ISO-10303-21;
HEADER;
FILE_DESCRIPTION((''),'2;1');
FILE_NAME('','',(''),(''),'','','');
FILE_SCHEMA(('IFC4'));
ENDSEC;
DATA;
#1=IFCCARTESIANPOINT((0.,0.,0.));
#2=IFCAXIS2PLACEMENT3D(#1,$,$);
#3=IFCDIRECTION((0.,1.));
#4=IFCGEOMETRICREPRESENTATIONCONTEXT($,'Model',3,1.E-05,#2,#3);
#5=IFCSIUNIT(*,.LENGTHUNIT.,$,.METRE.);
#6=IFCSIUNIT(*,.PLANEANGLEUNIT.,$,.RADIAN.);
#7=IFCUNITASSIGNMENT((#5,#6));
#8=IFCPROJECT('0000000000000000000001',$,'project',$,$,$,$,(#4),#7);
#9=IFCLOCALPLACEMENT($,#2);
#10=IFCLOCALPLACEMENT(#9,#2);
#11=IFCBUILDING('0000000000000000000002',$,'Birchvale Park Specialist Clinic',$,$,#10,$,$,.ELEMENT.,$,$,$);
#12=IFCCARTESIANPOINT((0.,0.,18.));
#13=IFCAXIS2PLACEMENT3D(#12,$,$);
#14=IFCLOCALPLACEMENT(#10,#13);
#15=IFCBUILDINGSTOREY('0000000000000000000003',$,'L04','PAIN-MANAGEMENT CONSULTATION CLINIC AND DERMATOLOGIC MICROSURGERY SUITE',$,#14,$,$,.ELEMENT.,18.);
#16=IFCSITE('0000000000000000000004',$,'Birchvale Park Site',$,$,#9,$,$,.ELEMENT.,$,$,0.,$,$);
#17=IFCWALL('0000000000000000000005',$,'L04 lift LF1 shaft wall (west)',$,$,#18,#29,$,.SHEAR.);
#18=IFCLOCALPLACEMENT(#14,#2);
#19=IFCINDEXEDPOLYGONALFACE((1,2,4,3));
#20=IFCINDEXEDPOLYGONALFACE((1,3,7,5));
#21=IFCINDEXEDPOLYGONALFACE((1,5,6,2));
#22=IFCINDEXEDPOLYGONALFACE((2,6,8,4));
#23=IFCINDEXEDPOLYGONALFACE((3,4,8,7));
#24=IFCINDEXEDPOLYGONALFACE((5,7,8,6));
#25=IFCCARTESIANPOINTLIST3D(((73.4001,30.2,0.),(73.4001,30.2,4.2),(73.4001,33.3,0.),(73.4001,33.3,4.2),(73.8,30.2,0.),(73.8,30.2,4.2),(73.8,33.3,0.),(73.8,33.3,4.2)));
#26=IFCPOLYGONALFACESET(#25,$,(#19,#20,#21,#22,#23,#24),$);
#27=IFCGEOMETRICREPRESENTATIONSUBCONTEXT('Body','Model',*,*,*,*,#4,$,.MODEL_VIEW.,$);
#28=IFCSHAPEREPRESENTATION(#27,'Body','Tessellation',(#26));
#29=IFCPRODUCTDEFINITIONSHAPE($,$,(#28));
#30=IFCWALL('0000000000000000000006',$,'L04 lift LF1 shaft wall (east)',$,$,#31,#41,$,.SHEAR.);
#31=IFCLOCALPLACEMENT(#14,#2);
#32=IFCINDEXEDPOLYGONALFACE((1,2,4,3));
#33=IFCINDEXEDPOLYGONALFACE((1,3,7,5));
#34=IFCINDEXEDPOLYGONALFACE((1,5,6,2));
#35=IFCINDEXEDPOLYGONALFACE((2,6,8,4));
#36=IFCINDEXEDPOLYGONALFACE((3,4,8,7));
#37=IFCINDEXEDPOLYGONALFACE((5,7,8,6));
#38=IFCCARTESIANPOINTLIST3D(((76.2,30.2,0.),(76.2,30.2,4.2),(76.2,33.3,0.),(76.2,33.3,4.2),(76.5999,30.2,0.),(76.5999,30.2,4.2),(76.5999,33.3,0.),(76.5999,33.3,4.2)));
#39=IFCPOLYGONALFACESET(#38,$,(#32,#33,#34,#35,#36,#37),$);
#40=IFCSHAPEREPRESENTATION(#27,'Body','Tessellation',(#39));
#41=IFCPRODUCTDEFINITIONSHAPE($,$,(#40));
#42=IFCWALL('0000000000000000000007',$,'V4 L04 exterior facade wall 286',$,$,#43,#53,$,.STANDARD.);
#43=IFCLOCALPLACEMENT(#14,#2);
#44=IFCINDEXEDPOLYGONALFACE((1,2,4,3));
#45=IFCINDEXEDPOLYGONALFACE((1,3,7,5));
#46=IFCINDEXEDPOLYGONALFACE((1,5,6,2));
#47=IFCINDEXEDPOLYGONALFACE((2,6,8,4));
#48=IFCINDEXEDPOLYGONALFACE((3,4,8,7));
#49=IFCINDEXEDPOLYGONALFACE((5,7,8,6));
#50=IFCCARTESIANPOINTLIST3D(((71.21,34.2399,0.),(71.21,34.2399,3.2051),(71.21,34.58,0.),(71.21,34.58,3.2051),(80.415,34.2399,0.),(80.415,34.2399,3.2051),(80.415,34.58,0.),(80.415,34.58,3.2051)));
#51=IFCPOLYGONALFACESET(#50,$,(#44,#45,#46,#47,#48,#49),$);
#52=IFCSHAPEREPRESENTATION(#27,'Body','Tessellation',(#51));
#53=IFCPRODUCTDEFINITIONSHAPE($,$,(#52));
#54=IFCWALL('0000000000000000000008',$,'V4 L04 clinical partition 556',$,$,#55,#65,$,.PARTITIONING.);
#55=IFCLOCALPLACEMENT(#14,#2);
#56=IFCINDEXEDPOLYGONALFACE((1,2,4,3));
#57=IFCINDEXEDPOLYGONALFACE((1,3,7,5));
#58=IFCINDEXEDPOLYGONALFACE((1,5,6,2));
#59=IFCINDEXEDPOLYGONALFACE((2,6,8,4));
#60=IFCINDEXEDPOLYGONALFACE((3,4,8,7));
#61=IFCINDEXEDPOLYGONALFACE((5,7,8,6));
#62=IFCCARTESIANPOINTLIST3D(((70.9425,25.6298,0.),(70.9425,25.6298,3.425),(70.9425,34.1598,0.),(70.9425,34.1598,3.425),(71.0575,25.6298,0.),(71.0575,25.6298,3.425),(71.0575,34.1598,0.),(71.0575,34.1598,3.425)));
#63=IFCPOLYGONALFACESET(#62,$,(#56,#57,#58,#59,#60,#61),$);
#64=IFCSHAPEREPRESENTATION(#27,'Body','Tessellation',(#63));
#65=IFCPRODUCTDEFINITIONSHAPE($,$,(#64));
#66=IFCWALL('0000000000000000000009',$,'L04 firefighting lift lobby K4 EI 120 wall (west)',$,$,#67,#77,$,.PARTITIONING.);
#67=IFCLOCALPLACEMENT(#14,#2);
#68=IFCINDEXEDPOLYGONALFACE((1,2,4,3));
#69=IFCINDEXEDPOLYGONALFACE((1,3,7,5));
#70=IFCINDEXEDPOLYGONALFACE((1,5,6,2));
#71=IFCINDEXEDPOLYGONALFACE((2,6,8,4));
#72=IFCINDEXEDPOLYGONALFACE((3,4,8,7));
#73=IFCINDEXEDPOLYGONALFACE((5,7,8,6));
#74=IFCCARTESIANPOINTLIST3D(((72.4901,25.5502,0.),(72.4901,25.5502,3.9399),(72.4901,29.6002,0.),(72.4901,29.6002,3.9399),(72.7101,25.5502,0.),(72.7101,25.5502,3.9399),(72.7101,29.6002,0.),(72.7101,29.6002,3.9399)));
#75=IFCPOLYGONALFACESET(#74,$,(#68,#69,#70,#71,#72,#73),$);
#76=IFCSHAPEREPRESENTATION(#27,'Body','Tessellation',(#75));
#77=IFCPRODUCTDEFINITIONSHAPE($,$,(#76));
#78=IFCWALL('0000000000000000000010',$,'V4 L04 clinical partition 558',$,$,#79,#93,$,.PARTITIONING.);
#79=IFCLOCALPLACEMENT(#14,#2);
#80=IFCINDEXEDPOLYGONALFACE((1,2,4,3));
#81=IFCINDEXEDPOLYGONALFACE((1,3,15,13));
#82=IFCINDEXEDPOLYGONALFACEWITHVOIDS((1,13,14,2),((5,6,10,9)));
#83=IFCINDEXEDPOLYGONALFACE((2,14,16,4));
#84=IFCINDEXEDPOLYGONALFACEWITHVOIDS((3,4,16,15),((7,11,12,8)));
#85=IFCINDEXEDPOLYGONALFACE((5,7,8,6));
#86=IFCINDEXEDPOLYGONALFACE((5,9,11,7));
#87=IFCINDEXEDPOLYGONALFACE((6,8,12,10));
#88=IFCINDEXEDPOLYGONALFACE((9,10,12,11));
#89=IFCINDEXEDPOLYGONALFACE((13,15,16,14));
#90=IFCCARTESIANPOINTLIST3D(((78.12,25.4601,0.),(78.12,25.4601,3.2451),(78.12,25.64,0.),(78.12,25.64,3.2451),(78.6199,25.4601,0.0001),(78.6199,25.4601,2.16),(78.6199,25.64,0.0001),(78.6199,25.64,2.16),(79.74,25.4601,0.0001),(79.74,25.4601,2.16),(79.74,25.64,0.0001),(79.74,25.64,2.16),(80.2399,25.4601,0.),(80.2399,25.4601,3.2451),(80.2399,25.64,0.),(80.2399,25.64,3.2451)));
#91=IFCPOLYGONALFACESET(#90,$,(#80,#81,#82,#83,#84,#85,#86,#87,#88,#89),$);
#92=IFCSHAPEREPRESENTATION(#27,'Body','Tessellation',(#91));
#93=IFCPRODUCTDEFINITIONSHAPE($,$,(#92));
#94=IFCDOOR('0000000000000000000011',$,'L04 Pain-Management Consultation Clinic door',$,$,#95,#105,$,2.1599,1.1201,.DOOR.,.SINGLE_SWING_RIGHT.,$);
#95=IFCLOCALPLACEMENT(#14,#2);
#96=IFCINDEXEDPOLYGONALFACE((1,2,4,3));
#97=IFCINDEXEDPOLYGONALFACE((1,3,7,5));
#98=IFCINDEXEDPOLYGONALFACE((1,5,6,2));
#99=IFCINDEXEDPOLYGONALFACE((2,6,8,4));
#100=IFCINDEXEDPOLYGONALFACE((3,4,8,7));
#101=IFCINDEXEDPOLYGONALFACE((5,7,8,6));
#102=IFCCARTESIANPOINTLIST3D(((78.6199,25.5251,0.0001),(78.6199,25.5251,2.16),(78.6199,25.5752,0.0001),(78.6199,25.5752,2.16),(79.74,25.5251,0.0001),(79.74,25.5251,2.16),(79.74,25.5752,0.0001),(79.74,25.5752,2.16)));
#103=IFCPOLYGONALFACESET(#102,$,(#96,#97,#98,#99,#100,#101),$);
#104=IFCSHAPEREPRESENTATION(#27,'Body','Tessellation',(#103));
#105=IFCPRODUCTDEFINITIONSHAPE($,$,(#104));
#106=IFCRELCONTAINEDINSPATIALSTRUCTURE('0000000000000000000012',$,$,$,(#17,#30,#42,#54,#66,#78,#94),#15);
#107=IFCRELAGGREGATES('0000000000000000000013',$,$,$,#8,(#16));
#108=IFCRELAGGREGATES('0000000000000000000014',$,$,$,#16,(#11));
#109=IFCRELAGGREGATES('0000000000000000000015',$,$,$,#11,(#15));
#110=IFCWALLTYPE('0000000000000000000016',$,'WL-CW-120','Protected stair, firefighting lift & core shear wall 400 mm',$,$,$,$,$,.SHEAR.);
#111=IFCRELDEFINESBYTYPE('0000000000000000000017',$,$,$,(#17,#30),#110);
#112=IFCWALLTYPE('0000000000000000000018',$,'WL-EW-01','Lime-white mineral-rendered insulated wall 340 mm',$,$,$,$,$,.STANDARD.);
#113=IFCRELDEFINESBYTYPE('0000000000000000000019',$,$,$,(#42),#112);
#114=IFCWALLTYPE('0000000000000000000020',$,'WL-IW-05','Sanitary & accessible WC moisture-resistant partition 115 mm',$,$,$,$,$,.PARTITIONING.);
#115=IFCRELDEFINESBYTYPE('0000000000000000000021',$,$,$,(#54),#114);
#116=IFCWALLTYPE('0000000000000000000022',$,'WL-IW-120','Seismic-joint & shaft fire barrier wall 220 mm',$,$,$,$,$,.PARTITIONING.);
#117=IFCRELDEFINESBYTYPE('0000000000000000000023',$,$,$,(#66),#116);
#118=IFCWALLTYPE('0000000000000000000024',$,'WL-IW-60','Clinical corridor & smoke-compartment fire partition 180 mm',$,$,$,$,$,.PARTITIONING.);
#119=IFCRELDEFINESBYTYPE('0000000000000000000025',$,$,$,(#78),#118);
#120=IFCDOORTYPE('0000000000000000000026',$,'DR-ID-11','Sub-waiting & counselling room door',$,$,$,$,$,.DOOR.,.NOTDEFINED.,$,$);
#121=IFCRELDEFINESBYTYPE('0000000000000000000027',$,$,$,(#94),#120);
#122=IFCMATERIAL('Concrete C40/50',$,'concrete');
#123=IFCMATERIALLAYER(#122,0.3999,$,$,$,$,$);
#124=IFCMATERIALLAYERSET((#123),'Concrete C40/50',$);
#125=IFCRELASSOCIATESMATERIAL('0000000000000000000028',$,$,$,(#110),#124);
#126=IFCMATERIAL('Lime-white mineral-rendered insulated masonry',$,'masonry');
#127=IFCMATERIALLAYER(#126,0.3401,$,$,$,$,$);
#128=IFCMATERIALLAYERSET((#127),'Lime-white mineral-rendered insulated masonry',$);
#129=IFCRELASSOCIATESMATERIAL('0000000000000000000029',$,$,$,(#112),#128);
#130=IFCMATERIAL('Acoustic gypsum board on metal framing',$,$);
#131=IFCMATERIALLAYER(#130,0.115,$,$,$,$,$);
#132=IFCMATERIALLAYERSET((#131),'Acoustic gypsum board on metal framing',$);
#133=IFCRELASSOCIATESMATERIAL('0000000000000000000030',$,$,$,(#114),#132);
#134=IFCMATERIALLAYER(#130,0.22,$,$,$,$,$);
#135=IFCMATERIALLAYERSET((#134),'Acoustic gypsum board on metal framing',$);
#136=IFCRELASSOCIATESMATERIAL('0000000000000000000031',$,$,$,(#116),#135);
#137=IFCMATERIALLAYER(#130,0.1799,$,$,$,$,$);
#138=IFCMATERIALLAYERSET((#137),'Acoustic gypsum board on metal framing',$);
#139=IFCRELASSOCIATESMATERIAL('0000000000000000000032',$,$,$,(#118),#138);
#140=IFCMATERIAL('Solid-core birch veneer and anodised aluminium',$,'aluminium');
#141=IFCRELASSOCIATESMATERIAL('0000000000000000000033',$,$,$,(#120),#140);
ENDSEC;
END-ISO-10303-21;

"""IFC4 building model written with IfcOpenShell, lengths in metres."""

from ifc_helpers import new_model, si_unit, direction, frame, frame_2d, origin, place, context, subcontext, project, spatial, rectangle, extrude, material, layer, layer_set, type_object, element, fill, save


model = new_model("IFC4")

# Units and contexts
model_context = context("Model", 3, precision=1e-05, world=origin(), true_north=direction((0.0, 1.0)))
body_context = subcontext(model_context, "Body", "Model", "MODEL_VIEW")
ifc_project = project(units=[si_unit("LENGTHUNIT", "METRE"), si_unit("PLANEANGLEUNIT", "RADIAN")], contexts=[model_context])

# Site, building, storey
site_placement = place(None, origin())
site = spatial("IfcSite", under=ifc_project, at=site_placement, Name="Birchvale Park Site", CompositionType="ELEMENT", RefElevation=0.0)
building_placement = place(site_placement, origin())
building = spatial("IfcBuilding", under=site, at=building_placement, Name="Birchvale Park Specialist Clinic", CompositionType="ELEMENT")
storey_placement = place(building_placement, frame((0.0, 0.0, 18.0)))
storey = spatial("IfcBuildingStorey", under=building, at=storey_placement, Name="L04", Description="PAIN-MANAGEMENT CONSULTATION CLINIC AND DERMATOLOGIC MICROSURGERY SUITE", CompositionType="ELEMENT", Elevation=18.0)

# Shared definitions
ifc_material_1 = material(Name="Concrete C40/50", Category="concrete")

# Shared definitions
ifc_layer_1 = layer(ifc_material_1, 0.3999)
ifc_layer_set_1 = layer_set([ifc_layer_1], Name="Concrete C40/50")
wall_type_1 = type_object("IfcWallType", Name="WL-CW-120", Description="Protected stair, firefighting lift & core shear wall 400 mm", PredefinedType="SHEAR", material=ifc_layer_set_1)
ifc_material_2 = material(Name="Solid-core birch veneer and anodised aluminium", Category="aluminium")

# Walls
for number, where, z_axis, x_axis, name in (
    (1, (73.6001, 30.2, 0.0), (0.0, 0.0, 1.0), (0.0, 1.0, 0.0), "L04 lift LF1 shaft wall (west)"),
    (2, (76.3999, 33.3, 0.0), (0.0, 0.0, 1.0), (0.0, -1.0, 0.0), "L04 lift LF1 shaft wall (east)"),
):
    element("IfcWall", number, at=place(storey_placement, frame(where, z_axis=z_axis, x_axis=x_axis)), inside=storey, type_object=wall_type_1, Name=name, PredefinedType="SHEAR", context=body_context, shape_type="SweptSolid", body=[
        extrude(rectangle(XDim=3.1001, YDim=0.3999, at=frame_2d((1.55, 0.0))), origin(), (0.0, 0.0, 1.0), 4.2),
    ])
ifc_material_3 = material(Name="Lime-white mineral-rendered insulated masonry", Category="masonry")
ifc_layer_2 = layer(ifc_material_3, 0.3401)
ifc_layer_set_2 = layer_set([ifc_layer_2], Name="Lime-white mineral-rendered insulated masonry")
wall_type_2 = type_object("IfcWallType", Name="WL-EW-01", Description="Lime-white mineral-rendered insulated wall 340 mm", PredefinedType="STANDARD", material=ifc_layer_set_2)
wall_1_placement = place(storey_placement, frame((80.415, 34.4099, 0.0), z_axis=(0.0, 0.0, 1.0), x_axis=(-1.0, 0.0, 0.0)))
element("IfcWall", 3, at=wall_1_placement, inside=storey, type_object=wall_type_2, Name="V4 L04 exterior facade wall 286", PredefinedType="STANDARD", context=body_context, shape_type="SweptSolid", body=[
    extrude(rectangle(XDim=9.2051, YDim=0.3401, at=frame_2d((4.6025, 0.0))), origin(), (0.0, 0.0, 1.0), 3.2051),
])
ifc_material_4 = material(Name="Acoustic gypsum board on metal framing")
ifc_layer_3 = layer(ifc_material_4, 0.115)
ifc_layer_set_3 = layer_set([ifc_layer_3], Name="Acoustic gypsum board on metal framing")
wall_type_3 = type_object("IfcWallType", Name="WL-IW-05", Description="Sanitary & accessible WC moisture-resistant partition 115 mm", PredefinedType="PARTITIONING", material=ifc_layer_set_3)
wall_2_placement = place(storey_placement, frame((71.0, 34.1599, 0.0), z_axis=(0.0, 0.0, 1.0), x_axis=(0.0, -1.0, 0.0)))
element("IfcWall", 4, at=wall_2_placement, inside=storey, type_object=wall_type_3, Name="V4 L04 clinical partition 556", PredefinedType="PARTITIONING", context=body_context, shape_type="SweptSolid", body=[
    extrude(rectangle(XDim=8.53, YDim=0.115, at=frame_2d((4.2651, 0.0))), origin(), (0.0, 0.0, 1.0), 3.425),
])
ifc_layer_4 = layer(ifc_material_4, 0.22)
ifc_layer_set_4 = layer_set([ifc_layer_4], Name="Acoustic gypsum board on metal framing")
wall_type_4 = type_object("IfcWallType", Name="WL-IW-120", Description="Seismic-joint & shaft fire barrier wall 220 mm", PredefinedType="PARTITIONING", material=ifc_layer_set_4)
wall_3_placement = place(storey_placement, frame((72.6001, 29.6001, 0.0), z_axis=(0.0, 0.0, 1.0), x_axis=(0.0, -1.0, 0.0)))
element("IfcWall", 5, at=wall_3_placement, inside=storey, type_object=wall_type_4, Name="L04 firefighting lift lobby K4 EI 120 wall (west)", PredefinedType="PARTITIONING", context=body_context, shape_type="SweptSolid", body=[
    extrude(rectangle(XDim=4.05, YDim=0.22, at=frame_2d((2.0249, 0.0))), origin(), (0.0, 0.0, 1.0), 3.9399),
])

# Wall, opening, door
ifc_layer_5 = layer(ifc_material_4, 0.1799)
ifc_layer_set_5 = layer_set([ifc_layer_5], Name="Acoustic gypsum board on metal framing")
wall_type_5 = type_object("IfcWallType", Name="WL-IW-60", Description="Clinical corridor & smoke-compartment fire partition 180 mm", PredefinedType="PARTITIONING", material=ifc_layer_set_5)
wall_4_placement = place(storey_placement, frame((80.24, 25.55, 0.0), z_axis=(0.0, 0.0, 1.0), x_axis=(-1.0, 0.0, 0.0)))
wall_4 = element("IfcWall", 6, at=wall_4_placement, inside=storey, type_object=wall_type_5, Name="V4 L04 clinical partition 558", PredefinedType="PARTITIONING", context=body_context, shape_type="SweptSolid", body=[
    extrude(rectangle(XDim=2.1199, YDim=0.1799, at=frame_2d((1.0601, 0.0))), origin(), (0.0, 0.0, 1.0), 3.2451),
])
opening_1_placement = place(wall_4_placement, frame((0.5, 0.0, 0.0)))
opening_1 = element("IfcOpeningElement", 7, at=opening_1_placement, cuts=wall_4, PredefinedType="OPENING", context=body_context, shape_type="SweptSolid", body=[
    extrude(rectangle(XDim=1.1201, YDim=2.1599, at=frame_2d((0.5601, 1.0801))), frame((0.0, 0.1001, 0.0), z_axis=(0.0, -1.0, 0.0), x_axis=(1.0, 0.0, 0.0)), (0.0, 0.0, 1.0), 0.2),
])
door_type_1 = type_object("IfcDoorType", Name="DR-ID-11", Description="Sub-waiting & counselling room door", OperationType="NOTDEFINED", PredefinedType="DOOR", material=ifc_material_2)
door_1_placement = place(opening_1_placement, origin())
door_1 = element("IfcDoor", 8, at=door_1_placement, inside=storey, type_object=door_type_1, Name="L04 Pain-Management Consultation Clinic door", OperationType="SINGLE_SWING_RIGHT", OverallHeight=2.1599, OverallWidth=1.1201, PredefinedType="DOOR", context=body_context, shape_type="SweptSolid", body=[
    extrude(rectangle(XDim=1.1201, YDim=2.1599, at=frame_2d((0.5601, 1.0801))), frame((0.0, 0.0249, 0.0), z_axis=(0.0, -1.0, 0.0), x_axis=(1.0, 0.0, 0.0)), (0.0, 0.0, 1.0), 0.05),
])
fill(opening_1, door_1)

save(model, "model.ifc")
